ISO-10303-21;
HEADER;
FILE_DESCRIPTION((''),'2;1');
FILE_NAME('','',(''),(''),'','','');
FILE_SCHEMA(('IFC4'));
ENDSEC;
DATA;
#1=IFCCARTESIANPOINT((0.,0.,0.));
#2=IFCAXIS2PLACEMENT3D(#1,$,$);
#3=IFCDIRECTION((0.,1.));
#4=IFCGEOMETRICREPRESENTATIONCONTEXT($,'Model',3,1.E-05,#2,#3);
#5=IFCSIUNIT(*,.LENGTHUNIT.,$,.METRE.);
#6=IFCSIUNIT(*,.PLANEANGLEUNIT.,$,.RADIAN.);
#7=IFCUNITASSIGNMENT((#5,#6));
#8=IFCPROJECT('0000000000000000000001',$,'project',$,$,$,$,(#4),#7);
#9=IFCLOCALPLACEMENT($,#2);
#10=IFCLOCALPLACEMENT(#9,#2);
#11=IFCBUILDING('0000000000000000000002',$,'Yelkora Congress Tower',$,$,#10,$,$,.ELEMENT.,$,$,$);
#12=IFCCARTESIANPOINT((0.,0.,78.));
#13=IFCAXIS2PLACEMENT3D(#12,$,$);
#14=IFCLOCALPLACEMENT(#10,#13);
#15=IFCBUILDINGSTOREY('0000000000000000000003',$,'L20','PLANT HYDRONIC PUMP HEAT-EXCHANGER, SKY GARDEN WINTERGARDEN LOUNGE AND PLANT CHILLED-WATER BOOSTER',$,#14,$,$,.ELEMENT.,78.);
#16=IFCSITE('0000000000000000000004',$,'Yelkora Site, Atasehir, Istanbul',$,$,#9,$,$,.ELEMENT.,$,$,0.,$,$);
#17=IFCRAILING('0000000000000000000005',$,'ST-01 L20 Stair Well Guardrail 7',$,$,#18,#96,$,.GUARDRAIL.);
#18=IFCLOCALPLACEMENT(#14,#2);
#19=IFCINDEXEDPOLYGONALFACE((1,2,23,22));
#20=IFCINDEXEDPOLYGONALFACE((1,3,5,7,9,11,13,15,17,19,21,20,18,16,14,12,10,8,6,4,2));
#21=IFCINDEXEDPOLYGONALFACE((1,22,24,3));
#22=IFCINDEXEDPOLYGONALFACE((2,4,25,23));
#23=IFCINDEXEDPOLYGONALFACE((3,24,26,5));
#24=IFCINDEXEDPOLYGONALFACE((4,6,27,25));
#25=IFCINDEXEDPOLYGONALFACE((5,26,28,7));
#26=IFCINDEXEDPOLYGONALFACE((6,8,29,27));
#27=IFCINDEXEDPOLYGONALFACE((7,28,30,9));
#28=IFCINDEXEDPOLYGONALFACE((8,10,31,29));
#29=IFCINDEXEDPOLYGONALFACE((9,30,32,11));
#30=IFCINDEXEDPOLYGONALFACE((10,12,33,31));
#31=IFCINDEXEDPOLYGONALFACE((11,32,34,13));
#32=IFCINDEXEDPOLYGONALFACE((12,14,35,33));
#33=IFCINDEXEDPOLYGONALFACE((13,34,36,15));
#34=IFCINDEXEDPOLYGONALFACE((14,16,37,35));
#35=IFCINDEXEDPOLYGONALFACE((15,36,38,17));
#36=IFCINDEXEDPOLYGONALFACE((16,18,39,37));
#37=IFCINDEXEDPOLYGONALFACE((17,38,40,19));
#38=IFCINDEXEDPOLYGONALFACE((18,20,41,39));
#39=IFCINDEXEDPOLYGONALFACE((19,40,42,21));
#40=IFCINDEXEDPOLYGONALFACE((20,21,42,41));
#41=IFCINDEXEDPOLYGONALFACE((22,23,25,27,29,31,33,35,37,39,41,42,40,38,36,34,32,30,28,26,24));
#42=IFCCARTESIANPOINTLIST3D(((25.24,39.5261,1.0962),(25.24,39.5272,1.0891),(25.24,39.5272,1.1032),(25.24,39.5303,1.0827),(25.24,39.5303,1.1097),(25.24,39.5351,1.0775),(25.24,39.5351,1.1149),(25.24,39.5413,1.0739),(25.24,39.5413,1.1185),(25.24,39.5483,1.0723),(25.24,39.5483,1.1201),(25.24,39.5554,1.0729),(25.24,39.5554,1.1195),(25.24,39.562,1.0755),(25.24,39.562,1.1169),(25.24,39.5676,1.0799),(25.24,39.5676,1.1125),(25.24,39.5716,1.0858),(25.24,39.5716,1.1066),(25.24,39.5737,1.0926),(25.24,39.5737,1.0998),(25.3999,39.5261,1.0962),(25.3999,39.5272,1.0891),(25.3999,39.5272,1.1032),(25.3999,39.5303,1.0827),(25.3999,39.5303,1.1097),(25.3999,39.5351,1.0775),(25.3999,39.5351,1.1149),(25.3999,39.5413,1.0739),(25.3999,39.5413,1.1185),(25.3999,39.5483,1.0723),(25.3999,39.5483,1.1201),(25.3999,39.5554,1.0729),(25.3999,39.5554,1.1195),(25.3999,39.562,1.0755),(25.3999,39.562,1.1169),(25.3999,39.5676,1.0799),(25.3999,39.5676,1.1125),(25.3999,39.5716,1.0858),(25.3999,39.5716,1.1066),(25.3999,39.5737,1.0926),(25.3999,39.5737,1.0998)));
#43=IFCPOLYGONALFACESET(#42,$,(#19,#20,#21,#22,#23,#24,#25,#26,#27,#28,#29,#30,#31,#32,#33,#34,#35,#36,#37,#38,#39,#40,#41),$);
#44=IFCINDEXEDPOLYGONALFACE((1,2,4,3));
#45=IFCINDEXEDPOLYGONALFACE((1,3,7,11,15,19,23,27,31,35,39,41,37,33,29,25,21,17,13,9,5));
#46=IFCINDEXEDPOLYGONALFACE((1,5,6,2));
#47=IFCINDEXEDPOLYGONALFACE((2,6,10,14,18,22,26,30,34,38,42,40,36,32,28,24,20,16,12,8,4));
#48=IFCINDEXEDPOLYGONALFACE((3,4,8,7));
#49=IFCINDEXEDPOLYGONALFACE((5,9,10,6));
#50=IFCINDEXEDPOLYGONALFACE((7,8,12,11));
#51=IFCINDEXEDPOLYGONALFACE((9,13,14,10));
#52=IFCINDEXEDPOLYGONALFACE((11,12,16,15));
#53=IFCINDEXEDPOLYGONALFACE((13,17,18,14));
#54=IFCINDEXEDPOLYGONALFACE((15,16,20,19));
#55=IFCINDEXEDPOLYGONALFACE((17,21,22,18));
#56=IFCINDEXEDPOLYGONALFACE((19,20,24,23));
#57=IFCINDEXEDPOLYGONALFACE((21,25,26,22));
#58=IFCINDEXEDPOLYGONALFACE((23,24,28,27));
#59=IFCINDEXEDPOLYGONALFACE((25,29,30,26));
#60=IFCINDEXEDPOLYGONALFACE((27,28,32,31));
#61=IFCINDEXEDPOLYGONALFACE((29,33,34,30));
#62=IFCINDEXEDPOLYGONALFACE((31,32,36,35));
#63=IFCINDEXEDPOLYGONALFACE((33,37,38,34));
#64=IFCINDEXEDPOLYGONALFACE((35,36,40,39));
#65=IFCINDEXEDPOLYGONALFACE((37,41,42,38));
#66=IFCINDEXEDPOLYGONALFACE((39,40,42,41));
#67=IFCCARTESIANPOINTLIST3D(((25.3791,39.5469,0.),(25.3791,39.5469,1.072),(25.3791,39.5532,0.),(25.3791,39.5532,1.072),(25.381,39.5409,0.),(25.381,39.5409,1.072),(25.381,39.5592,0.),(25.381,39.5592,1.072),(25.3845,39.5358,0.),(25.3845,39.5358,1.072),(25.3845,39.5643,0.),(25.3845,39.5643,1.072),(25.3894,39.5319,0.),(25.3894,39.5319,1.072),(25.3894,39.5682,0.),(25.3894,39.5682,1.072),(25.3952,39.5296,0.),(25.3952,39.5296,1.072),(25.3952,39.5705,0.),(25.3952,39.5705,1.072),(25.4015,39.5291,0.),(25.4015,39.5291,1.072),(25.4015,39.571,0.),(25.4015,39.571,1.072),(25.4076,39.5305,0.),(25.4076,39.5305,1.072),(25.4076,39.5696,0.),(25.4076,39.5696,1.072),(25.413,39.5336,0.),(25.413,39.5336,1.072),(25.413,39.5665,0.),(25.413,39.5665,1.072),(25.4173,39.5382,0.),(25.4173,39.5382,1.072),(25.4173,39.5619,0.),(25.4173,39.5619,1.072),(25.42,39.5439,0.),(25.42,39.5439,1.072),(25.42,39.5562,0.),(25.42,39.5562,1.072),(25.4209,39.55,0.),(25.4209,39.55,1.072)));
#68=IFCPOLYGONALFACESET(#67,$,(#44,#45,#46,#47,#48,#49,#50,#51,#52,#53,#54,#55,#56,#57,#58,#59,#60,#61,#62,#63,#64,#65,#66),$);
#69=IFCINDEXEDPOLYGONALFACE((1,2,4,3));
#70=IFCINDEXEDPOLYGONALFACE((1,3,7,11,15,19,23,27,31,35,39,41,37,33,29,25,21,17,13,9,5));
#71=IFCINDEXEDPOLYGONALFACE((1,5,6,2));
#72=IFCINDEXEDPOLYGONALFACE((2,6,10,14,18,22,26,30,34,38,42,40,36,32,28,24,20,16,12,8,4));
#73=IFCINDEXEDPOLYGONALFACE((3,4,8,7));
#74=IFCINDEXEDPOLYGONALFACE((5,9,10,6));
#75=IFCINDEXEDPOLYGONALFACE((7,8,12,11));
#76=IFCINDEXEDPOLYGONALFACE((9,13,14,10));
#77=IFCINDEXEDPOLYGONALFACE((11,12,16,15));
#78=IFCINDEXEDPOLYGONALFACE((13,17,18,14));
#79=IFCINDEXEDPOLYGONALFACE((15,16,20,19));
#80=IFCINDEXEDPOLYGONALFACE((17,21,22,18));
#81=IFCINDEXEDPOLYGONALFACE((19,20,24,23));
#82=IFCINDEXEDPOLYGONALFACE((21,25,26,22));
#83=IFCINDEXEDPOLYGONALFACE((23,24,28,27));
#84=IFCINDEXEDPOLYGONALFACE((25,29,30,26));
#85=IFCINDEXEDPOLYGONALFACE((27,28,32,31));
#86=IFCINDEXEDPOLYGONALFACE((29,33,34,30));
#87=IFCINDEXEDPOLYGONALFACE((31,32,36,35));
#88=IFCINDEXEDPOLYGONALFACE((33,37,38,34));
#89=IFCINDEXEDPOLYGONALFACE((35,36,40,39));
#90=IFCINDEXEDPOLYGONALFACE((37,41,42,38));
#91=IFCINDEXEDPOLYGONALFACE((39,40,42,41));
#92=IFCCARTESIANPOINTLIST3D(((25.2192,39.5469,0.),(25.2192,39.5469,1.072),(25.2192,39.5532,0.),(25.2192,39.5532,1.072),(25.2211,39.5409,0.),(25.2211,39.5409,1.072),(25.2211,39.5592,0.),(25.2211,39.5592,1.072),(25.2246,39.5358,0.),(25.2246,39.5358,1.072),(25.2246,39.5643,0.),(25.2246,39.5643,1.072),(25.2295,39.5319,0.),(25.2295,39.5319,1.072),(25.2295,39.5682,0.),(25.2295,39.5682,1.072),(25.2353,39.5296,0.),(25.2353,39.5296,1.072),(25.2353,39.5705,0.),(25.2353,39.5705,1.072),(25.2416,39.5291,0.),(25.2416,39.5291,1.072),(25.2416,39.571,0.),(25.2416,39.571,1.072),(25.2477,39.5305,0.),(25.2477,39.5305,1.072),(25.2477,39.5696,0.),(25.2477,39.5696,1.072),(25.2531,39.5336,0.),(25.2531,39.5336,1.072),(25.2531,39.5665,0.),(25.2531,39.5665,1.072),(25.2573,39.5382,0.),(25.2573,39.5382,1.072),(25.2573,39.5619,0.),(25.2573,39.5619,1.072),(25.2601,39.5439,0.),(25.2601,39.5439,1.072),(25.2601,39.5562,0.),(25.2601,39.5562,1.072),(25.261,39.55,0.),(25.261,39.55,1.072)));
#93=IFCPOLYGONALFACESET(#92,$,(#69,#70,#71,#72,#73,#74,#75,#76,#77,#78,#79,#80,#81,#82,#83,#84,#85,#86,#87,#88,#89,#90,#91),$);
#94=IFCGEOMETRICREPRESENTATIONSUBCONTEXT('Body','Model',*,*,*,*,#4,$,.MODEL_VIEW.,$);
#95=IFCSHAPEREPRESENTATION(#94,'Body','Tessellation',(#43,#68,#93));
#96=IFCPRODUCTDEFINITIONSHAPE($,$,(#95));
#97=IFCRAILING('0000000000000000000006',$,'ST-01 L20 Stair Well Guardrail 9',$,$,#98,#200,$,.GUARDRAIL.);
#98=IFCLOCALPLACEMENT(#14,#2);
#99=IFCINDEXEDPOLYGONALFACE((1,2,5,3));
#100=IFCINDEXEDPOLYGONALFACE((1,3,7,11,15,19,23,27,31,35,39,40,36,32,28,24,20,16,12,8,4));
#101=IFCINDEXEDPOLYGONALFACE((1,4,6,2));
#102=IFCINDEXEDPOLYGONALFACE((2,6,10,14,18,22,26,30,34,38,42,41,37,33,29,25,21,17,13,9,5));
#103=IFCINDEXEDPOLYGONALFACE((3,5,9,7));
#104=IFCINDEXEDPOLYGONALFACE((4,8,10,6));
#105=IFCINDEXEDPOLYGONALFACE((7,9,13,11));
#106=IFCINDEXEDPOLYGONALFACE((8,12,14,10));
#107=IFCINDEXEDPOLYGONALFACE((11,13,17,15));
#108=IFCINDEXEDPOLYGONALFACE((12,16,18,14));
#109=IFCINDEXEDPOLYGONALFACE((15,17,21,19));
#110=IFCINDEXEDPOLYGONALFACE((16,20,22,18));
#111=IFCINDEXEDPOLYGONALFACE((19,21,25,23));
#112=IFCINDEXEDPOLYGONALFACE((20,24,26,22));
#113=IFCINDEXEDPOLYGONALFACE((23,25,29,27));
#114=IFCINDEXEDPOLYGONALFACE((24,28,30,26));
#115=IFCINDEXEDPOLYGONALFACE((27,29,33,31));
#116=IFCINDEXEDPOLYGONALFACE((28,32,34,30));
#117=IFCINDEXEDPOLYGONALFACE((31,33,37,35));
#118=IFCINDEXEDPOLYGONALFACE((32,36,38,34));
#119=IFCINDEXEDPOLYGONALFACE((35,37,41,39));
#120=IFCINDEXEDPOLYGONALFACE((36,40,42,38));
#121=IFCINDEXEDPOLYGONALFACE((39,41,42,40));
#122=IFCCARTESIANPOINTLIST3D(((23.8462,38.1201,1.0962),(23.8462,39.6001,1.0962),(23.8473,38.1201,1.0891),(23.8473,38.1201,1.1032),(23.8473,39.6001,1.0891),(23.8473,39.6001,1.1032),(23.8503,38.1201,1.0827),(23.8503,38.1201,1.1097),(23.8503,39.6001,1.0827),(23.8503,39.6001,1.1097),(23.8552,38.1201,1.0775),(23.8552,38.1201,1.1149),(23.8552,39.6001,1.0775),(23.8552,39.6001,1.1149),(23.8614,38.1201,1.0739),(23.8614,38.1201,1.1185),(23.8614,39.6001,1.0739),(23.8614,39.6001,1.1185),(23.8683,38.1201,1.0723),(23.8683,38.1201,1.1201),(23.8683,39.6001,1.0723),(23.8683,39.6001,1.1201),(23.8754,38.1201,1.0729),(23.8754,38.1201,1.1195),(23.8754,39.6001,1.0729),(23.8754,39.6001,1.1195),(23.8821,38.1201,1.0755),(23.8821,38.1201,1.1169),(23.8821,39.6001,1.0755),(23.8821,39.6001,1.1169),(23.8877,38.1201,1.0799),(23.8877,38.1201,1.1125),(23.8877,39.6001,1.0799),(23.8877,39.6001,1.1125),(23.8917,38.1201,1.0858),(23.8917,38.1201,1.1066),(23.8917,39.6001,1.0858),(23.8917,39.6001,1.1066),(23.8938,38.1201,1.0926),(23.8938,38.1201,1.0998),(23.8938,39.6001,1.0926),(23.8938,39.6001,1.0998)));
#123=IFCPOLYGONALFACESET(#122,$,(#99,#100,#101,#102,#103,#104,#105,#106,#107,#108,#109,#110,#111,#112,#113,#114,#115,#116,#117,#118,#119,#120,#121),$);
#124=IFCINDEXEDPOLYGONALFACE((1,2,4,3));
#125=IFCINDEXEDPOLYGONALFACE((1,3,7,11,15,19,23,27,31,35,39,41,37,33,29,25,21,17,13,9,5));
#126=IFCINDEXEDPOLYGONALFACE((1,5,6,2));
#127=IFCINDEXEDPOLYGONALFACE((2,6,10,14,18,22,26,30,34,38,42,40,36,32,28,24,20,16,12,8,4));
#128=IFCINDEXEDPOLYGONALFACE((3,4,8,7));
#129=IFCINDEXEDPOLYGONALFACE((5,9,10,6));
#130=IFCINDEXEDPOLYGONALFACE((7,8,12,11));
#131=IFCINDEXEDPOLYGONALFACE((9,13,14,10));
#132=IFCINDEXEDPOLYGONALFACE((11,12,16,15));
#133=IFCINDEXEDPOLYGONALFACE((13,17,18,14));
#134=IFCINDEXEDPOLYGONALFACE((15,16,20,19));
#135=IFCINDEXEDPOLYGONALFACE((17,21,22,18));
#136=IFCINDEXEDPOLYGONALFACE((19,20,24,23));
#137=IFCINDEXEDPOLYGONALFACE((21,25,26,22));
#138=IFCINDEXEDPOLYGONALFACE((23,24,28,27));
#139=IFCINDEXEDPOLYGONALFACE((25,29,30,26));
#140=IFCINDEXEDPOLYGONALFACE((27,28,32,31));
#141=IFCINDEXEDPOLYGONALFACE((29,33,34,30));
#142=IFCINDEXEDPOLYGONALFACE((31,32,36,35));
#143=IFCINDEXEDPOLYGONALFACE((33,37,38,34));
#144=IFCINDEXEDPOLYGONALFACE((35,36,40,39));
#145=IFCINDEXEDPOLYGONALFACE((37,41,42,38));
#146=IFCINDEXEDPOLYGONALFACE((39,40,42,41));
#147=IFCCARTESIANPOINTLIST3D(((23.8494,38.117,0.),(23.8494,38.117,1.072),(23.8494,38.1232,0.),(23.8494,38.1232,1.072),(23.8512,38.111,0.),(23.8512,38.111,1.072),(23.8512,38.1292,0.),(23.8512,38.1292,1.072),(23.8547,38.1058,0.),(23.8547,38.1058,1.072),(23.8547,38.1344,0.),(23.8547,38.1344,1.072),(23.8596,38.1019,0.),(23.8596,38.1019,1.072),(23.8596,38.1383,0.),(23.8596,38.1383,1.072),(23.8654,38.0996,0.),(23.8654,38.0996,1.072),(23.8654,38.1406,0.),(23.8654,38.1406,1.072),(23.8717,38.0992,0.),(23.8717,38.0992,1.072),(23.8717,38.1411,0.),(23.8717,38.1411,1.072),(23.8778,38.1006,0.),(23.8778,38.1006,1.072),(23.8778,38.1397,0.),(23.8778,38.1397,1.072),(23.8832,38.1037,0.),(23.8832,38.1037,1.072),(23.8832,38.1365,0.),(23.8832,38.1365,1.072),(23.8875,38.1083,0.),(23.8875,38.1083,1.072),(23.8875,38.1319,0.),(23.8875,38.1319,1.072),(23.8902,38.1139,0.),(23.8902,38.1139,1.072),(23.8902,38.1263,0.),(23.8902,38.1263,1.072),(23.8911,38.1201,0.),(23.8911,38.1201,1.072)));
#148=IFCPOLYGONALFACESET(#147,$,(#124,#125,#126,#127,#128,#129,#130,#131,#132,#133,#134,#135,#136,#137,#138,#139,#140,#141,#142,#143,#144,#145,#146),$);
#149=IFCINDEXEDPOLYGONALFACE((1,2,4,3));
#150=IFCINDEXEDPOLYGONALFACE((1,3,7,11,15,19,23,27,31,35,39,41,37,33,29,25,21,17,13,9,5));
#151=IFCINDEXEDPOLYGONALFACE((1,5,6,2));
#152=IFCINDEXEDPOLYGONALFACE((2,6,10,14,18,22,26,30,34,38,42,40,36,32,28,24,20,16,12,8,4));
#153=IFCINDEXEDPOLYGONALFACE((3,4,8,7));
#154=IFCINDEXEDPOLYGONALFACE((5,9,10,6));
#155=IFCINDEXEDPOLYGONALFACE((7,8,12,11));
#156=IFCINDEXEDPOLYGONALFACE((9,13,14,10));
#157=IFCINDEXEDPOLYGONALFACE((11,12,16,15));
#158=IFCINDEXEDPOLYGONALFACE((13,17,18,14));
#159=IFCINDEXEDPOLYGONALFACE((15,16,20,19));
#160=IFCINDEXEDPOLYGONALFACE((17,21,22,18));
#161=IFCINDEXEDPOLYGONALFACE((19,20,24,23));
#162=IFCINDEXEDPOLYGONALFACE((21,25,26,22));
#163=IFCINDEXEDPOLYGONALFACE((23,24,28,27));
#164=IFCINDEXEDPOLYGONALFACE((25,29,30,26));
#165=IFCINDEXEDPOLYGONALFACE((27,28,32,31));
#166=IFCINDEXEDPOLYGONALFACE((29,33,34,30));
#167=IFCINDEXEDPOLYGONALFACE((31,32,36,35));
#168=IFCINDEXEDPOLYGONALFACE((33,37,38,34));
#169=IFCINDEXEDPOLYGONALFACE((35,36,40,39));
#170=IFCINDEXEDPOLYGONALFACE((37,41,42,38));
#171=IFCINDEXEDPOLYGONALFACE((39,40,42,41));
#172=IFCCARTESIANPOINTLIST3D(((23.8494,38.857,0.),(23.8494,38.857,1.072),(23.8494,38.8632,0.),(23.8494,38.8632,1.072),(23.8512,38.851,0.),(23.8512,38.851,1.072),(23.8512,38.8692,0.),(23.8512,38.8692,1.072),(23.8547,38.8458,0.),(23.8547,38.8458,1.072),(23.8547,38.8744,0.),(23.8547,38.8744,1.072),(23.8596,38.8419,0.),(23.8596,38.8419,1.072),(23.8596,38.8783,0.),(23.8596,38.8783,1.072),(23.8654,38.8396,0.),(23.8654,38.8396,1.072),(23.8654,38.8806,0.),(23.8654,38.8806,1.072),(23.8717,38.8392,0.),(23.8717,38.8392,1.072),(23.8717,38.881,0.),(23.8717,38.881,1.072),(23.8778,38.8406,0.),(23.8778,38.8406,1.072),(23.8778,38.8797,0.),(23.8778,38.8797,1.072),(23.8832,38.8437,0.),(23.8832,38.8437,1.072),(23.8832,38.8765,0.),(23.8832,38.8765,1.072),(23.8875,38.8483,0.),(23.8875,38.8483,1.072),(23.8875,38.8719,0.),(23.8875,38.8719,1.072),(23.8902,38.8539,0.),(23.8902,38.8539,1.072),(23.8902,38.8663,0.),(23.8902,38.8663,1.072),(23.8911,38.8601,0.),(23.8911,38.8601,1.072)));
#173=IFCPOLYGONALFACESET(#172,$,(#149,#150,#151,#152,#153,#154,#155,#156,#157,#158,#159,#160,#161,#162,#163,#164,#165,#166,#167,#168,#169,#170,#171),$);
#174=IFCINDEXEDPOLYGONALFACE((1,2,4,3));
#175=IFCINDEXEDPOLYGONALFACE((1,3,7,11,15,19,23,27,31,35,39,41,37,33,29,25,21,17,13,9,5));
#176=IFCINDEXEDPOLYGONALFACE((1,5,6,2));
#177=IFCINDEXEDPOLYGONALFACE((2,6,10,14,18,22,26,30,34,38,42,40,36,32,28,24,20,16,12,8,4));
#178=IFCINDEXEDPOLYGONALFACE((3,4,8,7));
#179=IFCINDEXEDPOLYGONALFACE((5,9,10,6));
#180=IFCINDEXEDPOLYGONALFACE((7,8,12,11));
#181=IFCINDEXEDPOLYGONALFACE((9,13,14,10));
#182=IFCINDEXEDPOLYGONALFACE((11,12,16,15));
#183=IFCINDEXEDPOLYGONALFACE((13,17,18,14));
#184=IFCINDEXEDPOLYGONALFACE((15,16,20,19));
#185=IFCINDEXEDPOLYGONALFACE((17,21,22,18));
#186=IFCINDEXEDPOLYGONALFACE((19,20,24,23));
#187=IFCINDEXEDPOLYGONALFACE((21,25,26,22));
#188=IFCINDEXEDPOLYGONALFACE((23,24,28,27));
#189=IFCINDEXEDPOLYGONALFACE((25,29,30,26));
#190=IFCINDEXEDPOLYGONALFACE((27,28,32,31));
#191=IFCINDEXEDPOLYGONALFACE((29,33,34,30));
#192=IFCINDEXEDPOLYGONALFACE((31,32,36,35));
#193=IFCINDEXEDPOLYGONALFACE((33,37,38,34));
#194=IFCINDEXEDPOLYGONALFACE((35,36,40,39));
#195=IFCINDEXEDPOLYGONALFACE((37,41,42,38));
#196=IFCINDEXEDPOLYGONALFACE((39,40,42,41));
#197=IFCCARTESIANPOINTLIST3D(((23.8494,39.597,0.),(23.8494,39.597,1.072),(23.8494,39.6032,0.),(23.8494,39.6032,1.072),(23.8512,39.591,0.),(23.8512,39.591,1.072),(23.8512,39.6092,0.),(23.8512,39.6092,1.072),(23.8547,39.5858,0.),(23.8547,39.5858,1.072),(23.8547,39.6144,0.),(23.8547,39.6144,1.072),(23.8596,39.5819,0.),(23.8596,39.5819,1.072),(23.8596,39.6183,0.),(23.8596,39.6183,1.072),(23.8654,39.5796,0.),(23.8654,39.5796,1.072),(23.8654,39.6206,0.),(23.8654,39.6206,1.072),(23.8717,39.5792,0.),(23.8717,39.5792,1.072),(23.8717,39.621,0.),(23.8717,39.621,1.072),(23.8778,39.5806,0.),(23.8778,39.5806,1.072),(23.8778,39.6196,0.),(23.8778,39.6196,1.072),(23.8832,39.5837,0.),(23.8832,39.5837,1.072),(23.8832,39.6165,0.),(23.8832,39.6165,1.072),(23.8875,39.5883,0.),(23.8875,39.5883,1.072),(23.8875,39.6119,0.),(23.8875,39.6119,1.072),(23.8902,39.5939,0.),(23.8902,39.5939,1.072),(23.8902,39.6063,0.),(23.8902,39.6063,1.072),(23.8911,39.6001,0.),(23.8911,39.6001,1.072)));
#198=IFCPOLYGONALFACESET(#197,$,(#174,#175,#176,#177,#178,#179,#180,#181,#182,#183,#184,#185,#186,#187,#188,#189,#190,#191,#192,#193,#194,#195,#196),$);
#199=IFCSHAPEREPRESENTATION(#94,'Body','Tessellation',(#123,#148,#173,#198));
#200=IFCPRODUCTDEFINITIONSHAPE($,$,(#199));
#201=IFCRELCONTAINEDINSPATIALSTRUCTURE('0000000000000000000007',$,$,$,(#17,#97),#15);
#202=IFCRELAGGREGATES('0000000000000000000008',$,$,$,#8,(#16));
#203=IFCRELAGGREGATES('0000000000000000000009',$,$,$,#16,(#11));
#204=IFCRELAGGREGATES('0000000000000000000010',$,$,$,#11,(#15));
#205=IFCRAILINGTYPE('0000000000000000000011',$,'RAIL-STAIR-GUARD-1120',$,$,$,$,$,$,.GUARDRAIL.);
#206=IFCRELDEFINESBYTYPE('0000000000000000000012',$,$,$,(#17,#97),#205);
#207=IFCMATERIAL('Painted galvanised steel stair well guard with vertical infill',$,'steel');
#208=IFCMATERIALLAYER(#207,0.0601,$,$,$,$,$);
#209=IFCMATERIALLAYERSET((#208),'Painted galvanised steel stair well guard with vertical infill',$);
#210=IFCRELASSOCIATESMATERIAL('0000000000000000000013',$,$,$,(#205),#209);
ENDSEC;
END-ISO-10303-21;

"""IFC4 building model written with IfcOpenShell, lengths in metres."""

from ifc_helpers import new_model, si_unit, direction, frame, origin, origin_2d, place, context, subcontext, project, spatial, circle, extrude, material, layer, layer_set, type_object, element, save


model = new_model("IFC4")

# Units and contexts
model_context = context("Model", 3, precision=1e-05, world=origin(), true_north=direction((0.0, 1.0)))
body_context = subcontext(model_context, "Body", "Model", "MODEL_VIEW")
ifc_project = project(units=[si_unit("LENGTHUNIT", "METRE"), si_unit("PLANEANGLEUNIT", "RADIAN")], contexts=[model_context])

# Site, building, storey
site_placement = place(None, origin())
site = spatial("IfcSite", under=ifc_project, at=site_placement, Name="Yelkora Site, Atasehir, Istanbul", CompositionType="ELEMENT", RefElevation=0.0)
building_placement = place(site_placement, origin())
building = spatial("IfcBuilding", under=site, at=building_placement, Name="Yelkora Congress Tower", CompositionType="ELEMENT")
storey_placement = place(building_placement, frame((0.0, 0.0, 78.0)))
storey = spatial("IfcBuildingStorey", under=building, at=storey_placement, Name="L20", Description="PLANT HYDRONIC PUMP HEAT-EXCHANGER, SKY GARDEN WINTERGARDEN LOUNGE AND PLANT CHILLED-WATER BOOSTER", CompositionType="ELEMENT", Elevation=78.0)

# Railings
ifc_material_1 = material(Name="Painted galvanised steel stair well guard with vertical infill", Category="steel")
ifc_layer_1 = layer(ifc_material_1, 0.0601)
ifc_layer_set_1 = layer_set([ifc_layer_1], Name="Painted galvanised steel stair well guard with vertical infill")
railing_type_1 = type_object("IfcRailingType", Name="RAIL-STAIR-GUARD-1120", PredefinedType="GUARDRAIL", material=ifc_layer_set_1)
railing_1_placement = place(storey_placement, frame((25.3999, 39.55, 0.0)))
element("IfcRailing", 1, at=railing_1_placement, inside=storey, type_object=railing_type_1, Name="ST-01 L20 Stair Well Guardrail 7", PredefinedType="GUARDRAIL", context=body_context, shape_type="SweptSolid", body=[
    extrude(circle(Radius=0.0239, at=origin_2d()), frame((0.0, 0.0, 1.0962), z_axis=(-1.0, 0.0, 0.0), x_axis=(0.0, -1.0, 0.0)), (0.0, 0.0, 1.0), 0.1599),
    extrude(circle(Radius=0.021, at=origin_2d()), origin(), (0.0, 0.0, 1.0), 1.072),
    extrude(circle(Radius=0.021, at=origin_2d()), frame((-0.1599, 0.0, 0.0)), (0.0, 0.0, 1.0), 1.072),
])
railing_2_placement = place(storey_placement, frame((23.8701, 38.1201, 0.0)))
element("IfcRailing", 2, at=railing_2_placement, inside=storey, type_object=railing_type_1, Name="ST-01 L20 Stair Well Guardrail 9", PredefinedType="GUARDRAIL", context=body_context, shape_type="SweptSolid", body=[
    extrude(circle(Radius=0.0239, at=origin_2d()), frame((0.0, 0.0, 1.0962), z_axis=(0.0, 1.0, 0.0), x_axis=(-1.0, 0.0, 0.0)), (0.0, 0.0, 1.0), 1.48),
    extrude(circle(Radius=0.021, at=origin_2d()), origin(), (0.0, 0.0, 1.0), 1.072),
    extrude(circle(Radius=0.021, at=origin_2d()), frame((0.0, 0.74, 0.0)), (0.0, 0.0, 1.0), 1.072),
    extrude(circle(Radius=0.021, at=origin_2d()), frame((0.0, 1.48, 0.0)), (0.0, 0.0, 1.0), 1.072),
])

save(model, "model.ifc")
